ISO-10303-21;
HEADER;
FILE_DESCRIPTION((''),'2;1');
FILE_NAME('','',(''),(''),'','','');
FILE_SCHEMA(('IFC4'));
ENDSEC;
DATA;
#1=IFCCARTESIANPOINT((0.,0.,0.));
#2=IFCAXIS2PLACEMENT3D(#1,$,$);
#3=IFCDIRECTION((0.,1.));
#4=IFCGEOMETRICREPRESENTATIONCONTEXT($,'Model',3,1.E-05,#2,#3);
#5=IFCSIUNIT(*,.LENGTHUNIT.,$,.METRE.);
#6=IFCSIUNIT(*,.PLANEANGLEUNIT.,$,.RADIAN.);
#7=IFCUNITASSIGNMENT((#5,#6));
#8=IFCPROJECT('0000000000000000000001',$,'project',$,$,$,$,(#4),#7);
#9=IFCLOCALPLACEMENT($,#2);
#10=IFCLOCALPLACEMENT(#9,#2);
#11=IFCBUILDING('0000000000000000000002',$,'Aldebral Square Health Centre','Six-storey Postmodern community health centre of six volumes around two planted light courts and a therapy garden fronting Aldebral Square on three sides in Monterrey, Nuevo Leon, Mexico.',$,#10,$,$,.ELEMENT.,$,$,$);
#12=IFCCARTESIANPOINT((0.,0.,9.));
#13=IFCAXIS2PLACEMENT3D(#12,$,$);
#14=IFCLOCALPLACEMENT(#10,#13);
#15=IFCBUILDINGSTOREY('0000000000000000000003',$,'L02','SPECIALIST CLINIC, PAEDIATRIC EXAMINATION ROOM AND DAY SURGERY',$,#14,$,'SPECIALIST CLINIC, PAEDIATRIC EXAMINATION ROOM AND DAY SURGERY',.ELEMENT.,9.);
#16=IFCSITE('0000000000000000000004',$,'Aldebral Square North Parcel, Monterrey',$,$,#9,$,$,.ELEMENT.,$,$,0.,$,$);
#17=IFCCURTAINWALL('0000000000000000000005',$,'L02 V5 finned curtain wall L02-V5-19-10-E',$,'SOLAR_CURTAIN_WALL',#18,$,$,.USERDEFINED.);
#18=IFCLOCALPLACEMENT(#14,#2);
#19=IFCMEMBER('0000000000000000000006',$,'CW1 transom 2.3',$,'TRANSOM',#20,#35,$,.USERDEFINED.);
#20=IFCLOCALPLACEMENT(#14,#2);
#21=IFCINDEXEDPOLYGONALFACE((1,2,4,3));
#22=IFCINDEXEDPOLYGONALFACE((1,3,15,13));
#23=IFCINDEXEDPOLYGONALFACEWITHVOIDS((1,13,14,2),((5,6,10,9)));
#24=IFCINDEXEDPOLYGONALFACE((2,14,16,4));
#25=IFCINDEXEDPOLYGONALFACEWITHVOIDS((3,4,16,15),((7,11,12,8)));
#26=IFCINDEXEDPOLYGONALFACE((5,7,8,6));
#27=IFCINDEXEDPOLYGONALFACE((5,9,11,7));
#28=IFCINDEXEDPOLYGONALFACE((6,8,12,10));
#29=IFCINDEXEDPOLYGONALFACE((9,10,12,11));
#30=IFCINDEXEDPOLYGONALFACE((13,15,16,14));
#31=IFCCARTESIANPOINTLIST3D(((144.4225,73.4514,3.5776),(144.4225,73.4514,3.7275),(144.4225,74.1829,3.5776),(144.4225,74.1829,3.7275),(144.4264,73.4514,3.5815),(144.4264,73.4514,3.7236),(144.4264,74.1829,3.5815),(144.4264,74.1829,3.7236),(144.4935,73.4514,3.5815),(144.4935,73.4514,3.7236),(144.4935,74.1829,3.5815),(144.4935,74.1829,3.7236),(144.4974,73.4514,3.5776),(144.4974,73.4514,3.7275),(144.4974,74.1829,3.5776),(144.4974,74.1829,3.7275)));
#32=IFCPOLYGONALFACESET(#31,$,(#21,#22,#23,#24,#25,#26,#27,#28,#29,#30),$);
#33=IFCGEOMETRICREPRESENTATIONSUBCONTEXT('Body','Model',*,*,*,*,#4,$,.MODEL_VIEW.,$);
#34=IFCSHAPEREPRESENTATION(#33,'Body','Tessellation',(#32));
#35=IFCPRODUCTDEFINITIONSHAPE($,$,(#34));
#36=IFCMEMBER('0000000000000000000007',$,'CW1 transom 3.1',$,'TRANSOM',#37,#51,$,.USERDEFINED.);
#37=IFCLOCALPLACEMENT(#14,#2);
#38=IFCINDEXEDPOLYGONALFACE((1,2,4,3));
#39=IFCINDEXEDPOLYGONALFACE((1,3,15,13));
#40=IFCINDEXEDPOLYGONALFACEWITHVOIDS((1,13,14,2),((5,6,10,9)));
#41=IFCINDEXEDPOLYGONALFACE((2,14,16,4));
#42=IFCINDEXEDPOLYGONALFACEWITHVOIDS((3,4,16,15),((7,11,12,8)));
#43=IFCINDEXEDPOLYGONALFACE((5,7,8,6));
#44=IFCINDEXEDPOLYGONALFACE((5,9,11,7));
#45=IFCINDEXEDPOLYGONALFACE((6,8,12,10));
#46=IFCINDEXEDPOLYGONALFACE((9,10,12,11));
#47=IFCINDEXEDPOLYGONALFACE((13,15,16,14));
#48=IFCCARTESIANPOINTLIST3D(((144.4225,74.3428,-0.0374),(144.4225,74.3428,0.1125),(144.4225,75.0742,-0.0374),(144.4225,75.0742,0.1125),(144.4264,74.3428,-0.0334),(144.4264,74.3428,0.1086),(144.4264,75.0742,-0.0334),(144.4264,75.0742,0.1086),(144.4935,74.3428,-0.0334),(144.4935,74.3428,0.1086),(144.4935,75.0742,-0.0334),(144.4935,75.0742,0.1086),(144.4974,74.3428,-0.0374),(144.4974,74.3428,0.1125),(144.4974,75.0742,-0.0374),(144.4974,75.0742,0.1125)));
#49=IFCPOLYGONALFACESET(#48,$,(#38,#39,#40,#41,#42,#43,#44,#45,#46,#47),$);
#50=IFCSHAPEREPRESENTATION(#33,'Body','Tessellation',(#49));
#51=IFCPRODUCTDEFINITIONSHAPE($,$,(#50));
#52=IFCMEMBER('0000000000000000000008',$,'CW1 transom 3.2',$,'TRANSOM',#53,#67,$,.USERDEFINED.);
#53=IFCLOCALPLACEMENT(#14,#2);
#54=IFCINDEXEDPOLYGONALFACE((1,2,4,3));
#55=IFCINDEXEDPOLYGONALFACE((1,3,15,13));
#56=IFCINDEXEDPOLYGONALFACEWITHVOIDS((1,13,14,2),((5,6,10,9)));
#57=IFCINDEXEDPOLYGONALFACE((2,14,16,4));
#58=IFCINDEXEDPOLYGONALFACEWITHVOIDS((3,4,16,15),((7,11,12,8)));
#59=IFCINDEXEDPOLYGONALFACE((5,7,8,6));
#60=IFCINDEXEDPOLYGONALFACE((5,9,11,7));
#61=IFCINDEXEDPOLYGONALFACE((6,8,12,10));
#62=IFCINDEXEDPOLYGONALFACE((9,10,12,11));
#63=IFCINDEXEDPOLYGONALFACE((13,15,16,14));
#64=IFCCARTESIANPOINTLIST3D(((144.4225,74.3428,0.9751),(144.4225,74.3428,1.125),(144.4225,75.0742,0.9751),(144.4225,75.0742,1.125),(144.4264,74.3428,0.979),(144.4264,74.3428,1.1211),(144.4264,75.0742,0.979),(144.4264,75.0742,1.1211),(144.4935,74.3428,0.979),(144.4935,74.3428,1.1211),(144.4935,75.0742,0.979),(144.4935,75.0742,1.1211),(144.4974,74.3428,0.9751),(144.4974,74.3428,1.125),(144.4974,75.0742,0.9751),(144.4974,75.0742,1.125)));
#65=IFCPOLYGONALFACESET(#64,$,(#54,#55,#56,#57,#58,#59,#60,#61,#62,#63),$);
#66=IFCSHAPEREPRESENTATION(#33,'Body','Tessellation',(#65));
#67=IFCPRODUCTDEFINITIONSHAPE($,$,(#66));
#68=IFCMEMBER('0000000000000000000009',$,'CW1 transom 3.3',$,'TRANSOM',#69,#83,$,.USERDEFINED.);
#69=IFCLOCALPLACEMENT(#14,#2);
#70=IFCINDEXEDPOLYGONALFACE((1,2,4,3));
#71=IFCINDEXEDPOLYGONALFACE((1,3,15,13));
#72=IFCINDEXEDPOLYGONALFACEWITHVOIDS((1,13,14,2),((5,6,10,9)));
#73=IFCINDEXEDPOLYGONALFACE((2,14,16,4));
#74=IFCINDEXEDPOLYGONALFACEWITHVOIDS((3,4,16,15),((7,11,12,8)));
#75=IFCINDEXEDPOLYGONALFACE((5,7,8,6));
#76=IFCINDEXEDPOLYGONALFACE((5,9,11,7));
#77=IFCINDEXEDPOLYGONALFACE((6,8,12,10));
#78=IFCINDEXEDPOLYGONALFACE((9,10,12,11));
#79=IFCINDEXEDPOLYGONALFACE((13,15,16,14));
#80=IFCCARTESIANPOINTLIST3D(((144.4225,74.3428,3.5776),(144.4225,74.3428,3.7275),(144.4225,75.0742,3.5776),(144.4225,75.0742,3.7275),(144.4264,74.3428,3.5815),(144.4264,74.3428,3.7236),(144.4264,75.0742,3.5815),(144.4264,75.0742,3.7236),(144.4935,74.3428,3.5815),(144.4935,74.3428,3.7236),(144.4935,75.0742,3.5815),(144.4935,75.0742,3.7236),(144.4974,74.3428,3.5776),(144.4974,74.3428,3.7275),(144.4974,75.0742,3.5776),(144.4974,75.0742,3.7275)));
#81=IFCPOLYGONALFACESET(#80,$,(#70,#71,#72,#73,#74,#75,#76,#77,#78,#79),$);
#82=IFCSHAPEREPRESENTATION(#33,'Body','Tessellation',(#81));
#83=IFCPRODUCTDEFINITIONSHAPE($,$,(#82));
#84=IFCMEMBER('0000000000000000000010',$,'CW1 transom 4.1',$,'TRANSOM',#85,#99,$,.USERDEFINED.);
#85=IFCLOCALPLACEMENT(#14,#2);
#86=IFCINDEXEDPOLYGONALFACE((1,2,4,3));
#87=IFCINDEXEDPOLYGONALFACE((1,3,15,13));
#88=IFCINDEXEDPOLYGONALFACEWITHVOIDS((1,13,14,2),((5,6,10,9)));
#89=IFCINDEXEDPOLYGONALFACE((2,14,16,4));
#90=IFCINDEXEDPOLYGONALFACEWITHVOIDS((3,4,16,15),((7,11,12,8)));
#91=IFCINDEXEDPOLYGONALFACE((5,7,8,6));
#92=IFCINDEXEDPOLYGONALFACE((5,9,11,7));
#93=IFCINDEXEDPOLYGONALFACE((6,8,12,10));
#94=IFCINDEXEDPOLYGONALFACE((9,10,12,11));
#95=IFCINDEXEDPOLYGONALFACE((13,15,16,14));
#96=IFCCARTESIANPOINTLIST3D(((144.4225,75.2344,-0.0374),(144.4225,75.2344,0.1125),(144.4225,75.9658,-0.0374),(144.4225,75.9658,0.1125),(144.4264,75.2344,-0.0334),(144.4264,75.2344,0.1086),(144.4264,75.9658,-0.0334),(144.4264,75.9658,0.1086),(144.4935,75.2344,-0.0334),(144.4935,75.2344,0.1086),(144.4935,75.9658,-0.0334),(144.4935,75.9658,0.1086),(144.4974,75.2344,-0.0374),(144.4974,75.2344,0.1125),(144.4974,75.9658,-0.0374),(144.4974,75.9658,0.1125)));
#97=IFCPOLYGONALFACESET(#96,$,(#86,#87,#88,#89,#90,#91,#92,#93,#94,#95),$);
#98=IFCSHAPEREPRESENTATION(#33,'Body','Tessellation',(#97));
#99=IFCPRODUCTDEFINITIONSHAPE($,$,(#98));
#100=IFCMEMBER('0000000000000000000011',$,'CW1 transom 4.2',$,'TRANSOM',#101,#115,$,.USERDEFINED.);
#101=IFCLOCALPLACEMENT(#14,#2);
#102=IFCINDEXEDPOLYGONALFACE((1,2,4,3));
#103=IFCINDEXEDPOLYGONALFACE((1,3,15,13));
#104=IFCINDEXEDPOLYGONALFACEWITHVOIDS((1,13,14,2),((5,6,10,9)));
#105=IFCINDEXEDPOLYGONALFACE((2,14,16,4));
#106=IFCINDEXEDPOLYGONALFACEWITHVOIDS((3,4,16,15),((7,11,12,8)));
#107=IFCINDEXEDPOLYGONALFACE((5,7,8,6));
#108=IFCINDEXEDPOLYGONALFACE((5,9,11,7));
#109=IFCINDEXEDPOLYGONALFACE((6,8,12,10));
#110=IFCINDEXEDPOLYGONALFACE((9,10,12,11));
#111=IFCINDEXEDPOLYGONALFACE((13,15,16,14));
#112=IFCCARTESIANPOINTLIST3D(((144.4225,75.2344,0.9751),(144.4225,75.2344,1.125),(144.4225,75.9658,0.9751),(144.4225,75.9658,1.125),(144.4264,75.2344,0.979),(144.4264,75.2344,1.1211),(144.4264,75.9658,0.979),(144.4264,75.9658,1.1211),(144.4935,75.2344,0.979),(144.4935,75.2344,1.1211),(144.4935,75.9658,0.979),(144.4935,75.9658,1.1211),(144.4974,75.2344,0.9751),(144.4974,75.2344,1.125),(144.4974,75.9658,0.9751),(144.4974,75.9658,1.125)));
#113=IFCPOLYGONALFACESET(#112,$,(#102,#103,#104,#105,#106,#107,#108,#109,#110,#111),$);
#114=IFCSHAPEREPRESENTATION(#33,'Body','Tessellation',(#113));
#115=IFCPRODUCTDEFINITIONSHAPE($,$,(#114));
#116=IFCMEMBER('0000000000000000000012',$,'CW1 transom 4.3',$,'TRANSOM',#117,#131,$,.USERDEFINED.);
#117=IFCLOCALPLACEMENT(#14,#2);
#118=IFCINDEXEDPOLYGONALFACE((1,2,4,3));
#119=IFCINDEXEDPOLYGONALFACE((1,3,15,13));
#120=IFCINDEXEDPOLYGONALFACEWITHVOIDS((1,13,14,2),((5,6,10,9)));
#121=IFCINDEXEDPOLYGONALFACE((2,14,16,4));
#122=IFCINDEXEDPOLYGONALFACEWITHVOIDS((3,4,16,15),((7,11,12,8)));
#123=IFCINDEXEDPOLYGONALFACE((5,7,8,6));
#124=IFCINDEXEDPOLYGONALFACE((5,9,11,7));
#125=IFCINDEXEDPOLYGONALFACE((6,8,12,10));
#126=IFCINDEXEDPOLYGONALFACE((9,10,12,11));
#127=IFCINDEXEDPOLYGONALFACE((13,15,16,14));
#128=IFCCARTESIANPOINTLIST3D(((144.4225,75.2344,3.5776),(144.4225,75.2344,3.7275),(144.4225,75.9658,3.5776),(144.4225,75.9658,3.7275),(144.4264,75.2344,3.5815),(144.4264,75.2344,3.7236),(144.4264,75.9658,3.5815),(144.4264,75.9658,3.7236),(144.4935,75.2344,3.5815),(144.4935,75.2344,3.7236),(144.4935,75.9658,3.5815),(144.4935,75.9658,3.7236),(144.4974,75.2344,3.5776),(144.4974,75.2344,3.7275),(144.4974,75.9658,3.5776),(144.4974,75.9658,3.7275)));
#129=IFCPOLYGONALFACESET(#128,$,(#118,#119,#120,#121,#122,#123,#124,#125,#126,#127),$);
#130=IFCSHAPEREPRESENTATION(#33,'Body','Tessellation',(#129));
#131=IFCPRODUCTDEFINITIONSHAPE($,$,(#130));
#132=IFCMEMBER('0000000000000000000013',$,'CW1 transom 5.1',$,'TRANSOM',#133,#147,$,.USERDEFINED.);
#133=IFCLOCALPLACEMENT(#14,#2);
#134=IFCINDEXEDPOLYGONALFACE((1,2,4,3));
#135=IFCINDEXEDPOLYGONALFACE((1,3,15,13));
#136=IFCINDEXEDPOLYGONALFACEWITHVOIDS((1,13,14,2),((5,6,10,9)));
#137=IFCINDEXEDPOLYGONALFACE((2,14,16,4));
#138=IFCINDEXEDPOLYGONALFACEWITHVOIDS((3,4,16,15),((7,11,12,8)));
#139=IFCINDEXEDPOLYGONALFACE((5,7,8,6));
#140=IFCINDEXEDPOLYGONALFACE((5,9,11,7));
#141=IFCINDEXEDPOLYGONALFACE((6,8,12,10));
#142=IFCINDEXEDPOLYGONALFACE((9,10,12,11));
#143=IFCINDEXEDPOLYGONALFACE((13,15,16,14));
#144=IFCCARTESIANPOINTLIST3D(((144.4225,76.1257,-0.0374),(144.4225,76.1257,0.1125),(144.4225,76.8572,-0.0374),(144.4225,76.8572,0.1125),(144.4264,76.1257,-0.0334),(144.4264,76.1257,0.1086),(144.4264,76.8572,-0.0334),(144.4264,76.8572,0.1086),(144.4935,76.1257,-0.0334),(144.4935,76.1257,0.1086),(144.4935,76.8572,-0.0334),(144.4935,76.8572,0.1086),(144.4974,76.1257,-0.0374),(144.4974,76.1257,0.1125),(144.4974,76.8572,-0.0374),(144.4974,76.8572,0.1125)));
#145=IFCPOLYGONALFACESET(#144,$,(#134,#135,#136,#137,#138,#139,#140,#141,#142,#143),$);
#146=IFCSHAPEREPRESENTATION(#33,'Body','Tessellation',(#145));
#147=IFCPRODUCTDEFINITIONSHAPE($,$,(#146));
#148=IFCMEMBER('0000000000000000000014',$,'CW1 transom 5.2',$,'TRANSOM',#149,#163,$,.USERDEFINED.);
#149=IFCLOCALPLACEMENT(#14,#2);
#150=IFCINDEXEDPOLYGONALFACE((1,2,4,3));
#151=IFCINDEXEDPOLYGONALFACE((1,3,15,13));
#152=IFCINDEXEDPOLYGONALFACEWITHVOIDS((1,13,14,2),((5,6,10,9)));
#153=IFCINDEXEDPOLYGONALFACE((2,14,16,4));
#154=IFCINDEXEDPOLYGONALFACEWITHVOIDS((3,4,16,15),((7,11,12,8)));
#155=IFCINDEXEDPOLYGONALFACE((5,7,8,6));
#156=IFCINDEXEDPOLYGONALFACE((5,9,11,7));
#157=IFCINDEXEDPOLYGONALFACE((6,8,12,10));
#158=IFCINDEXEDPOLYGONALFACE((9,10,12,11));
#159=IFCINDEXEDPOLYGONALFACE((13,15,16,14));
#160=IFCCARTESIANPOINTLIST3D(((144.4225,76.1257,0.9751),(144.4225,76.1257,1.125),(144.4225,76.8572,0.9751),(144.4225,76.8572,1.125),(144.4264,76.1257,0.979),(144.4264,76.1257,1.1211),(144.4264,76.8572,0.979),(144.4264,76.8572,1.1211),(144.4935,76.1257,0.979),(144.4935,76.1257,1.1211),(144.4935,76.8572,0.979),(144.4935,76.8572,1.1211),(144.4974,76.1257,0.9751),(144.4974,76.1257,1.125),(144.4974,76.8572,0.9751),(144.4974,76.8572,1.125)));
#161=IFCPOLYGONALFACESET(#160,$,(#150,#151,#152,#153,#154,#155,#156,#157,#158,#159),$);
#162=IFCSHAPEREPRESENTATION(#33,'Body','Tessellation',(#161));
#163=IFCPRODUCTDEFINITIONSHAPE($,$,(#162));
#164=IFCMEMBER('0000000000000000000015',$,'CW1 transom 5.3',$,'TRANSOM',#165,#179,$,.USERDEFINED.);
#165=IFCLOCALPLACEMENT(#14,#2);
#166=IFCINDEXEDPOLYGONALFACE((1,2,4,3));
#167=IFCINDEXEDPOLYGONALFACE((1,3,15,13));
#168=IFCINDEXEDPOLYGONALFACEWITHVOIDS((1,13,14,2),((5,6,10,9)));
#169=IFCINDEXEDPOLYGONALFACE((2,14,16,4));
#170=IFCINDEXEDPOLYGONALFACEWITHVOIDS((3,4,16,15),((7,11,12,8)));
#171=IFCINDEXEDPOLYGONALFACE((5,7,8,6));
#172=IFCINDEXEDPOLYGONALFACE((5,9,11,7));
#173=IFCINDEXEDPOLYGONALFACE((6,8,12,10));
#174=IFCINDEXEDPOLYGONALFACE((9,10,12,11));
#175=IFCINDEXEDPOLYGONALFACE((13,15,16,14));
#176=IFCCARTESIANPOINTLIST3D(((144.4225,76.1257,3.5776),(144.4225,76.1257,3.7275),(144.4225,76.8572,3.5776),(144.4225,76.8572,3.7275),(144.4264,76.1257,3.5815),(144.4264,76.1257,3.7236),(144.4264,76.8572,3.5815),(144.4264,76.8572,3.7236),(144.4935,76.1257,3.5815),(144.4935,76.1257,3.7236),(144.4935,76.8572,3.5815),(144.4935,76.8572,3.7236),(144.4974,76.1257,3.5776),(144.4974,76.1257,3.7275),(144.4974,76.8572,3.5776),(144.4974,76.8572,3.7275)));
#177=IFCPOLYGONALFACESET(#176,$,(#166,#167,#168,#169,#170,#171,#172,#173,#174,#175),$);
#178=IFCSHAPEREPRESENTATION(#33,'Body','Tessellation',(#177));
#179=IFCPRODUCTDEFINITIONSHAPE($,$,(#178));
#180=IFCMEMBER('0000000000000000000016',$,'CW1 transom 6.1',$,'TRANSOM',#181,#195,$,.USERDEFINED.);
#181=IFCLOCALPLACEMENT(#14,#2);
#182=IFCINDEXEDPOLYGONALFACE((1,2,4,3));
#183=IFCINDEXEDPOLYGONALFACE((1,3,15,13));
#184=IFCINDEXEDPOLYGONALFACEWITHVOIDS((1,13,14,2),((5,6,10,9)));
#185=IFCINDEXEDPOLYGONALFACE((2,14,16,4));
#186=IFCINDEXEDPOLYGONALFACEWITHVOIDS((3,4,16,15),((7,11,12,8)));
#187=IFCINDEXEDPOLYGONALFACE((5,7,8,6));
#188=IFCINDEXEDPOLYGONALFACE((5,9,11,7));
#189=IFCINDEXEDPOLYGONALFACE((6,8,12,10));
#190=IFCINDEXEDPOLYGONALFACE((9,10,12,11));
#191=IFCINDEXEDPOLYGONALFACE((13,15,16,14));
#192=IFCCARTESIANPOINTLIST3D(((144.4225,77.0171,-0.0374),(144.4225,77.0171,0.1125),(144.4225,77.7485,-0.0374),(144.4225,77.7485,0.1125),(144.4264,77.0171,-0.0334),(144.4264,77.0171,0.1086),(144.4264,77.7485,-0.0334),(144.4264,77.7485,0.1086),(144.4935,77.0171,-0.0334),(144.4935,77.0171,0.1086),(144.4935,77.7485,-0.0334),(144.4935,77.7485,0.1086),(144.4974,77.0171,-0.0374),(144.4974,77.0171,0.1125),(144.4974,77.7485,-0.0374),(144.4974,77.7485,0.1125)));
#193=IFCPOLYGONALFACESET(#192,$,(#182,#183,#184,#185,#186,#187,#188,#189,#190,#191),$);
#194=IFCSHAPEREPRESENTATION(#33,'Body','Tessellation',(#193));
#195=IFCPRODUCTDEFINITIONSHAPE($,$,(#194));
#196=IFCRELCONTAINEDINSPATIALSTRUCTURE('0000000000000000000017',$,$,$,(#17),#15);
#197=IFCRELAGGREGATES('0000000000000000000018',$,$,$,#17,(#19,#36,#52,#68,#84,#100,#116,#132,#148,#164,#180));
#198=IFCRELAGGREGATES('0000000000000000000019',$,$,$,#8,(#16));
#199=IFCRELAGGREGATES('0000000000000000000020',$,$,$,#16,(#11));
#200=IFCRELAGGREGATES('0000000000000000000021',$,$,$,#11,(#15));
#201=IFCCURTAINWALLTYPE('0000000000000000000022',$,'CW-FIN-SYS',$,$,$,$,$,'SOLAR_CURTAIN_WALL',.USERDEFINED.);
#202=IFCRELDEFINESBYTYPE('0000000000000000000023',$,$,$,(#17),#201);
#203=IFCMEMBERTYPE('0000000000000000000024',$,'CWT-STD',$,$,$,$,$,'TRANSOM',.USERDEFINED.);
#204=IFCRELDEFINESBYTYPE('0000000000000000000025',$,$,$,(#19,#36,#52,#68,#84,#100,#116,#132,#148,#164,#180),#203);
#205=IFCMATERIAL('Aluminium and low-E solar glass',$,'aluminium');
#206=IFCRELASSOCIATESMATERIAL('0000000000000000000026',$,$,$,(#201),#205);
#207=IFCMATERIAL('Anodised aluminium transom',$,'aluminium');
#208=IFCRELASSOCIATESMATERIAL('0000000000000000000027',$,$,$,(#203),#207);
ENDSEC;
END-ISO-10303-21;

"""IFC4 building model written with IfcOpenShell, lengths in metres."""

from ifc_helpers import new_model, si_unit, direction, frame, origin, origin_2d, place, context, subcontext, project, spatial, hollow_rectangle, extrude, material, material_profile, profile_set, type_object, element, aggregate, save


model = new_model("IFC4")

# Units and contexts
model_context = context("Model", 3, precision=1e-05, world=origin(), true_north=direction((0.0, 1.0)))
body_context = subcontext(model_context, "Body", "Model", "MODEL_VIEW")
ifc_project = project(units=[si_unit("LENGTHUNIT", "METRE"), si_unit("PLANEANGLEUNIT", "RADIAN")], contexts=[model_context])

# Site, building, storey
site_placement = place(None, origin())
site = spatial("IfcSite", under=ifc_project, at=site_placement, Name="Aldebral Square North Parcel, Monterrey", CompositionType="ELEMENT", RefElevation=0.0)
building_placement = place(site_placement, origin())
building = spatial("IfcBuilding", under=site, at=building_placement, Name="Aldebral Square Health Centre", Description="Six-storey Postmodern community health centre of six volumes around two planted light courts and a therapy garden fronting Aldebral Square on three sides in Monterrey, Nuevo Leon, Mexico.", CompositionType="ELEMENT")
storey_placement = place(building_placement, frame((0.0, 0.0, 9.0)))
storey = spatial("IfcBuildingStorey", under=building, at=storey_placement, Name="L02", Description="SPECIALIST CLINIC, PAEDIATRIC EXAMINATION ROOM AND DAY SURGERY", LongName="SPECIALIST CLINIC, PAEDIATRIC EXAMINATION ROOM AND DAY SURGERY", CompositionType="ELEMENT", Elevation=9.0)

# Curtain wall, members
ifc_material_1 = material(Name="Aluminium and low-E solar glass", Category="aluminium")
curtain_wall_type = type_object("IfcCurtainWallType", Name="CW-FIN-SYS", ElementType="SOLAR_CURTAIN_WALL", PredefinedType="USERDEFINED", material=ifc_material_1)
curtain_wall_placement = place(storey_placement, origin())
curtain_wall = element("IfcCurtainWall", 1, at=curtain_wall_placement, inside=storey, type_object=curtain_wall_type, Name="L02 V5 finned curtain wall L02-V5-19-10-E", ObjectType="SOLAR_CURTAIN_WALL", PredefinedType="USERDEFINED")
ifc_material_2 = material(Name="Anodised aluminium transom", Category="aluminium")
ifc_material_profile_1 = material_profile(ifc_material_2, hollow_rectangle(XDim=0.075, YDim=0.1499, WallThickness=0.0039, at=origin_2d()), Name="CWT 75x150x4")
ifc_profile_set_1 = profile_set([ifc_material_profile_1], Name="Anodised aluminium transom")
member_type_1 = type_object("IfcMemberType", Name="CWT-STD", ElementType="TRANSOM", PredefinedType="USERDEFINED", material=ifc_profile_set_1)
member_1_placement = place(storey_placement, frame((144.46, 73.4514, 3.6526), z_axis=(0.0, 1.0, 0.0), x_axis=(-1.0, 0.0, 0.0)))
member_1 = element("IfcMember", 2, at=member_1_placement, type_object=member_type_1, Name="CW1 transom 2.3", ObjectType="TRANSOM", PredefinedType="USERDEFINED", context=body_context, shape_type="SweptSolid", body=[
    extrude(hollow_rectangle(XDim=0.075, YDim=0.1499, WallThickness=0.0039, at=origin_2d()), origin(), (0.0, 0.0, 1.0), 0.7314),
])
member_2_placement = place(storey_placement, frame((144.46, 74.3428, 0.0376), z_axis=(0.0, 1.0, 0.0), x_axis=(-1.0, 0.0, 0.0)))
member_2 = element("IfcMember", 3, at=member_2_placement, type_object=member_type_1, Name="CW1 transom 3.1", ObjectType="TRANSOM", PredefinedType="USERDEFINED", context=body_context, shape_type="SweptSolid", body=[
    extrude(hollow_rectangle(XDim=0.075, YDim=0.1499, WallThickness=0.0039, at=origin_2d()), origin(), (0.0, 0.0, 1.0), 0.7314),
])
member_3_placement = place(storey_placement, frame((144.46, 74.3428, 1.05), z_axis=(0.0, 1.0, 0.0), x_axis=(-1.0, 0.0, 0.0)))
member_3 = element("IfcMember", 4, at=member_3_placement, type_object=member_type_1, Name="CW1 transom 3.2", ObjectType="TRANSOM", PredefinedType="USERDEFINED", context=body_context, shape_type="SweptSolid", body=[
    extrude(hollow_rectangle(XDim=0.075, YDim=0.1499, WallThickness=0.0039, at=origin_2d()), origin(), (0.0, 0.0, 1.0), 0.7314),
])
member_4_placement = place(storey_placement, frame((144.46, 74.3428, 3.6526), z_axis=(0.0, 1.0, 0.0), x_axis=(-1.0, 0.0, 0.0)))
member_4 = element("IfcMember", 5, at=member_4_placement, type_object=member_type_1, Name="CW1 transom 3.3", ObjectType="TRANSOM", PredefinedType="USERDEFINED", context=body_context, shape_type="SweptSolid", body=[
    extrude(hollow_rectangle(XDim=0.075, YDim=0.1499, WallThickness=0.0039, at=origin_2d()), origin(), (0.0, 0.0, 1.0), 0.7314),
])
member_5_placement = place(storey_placement, frame((144.46, 75.2344, 0.0376), z_axis=(0.0, 1.0, 0.0), x_axis=(-1.0, 0.0, 0.0)))
member_5 = element("IfcMember", 6, at=member_5_placement, type_object=member_type_1, Name="CW1 transom 4.1", ObjectType="TRANSOM", PredefinedType="USERDEFINED", context=body_context, shape_type="SweptSolid", body=[
    extrude(hollow_rectangle(XDim=0.075, YDim=0.1499, WallThickness=0.0039, at=origin_2d()), origin(), (0.0, 0.0, 1.0), 0.7314),
])
member_6_placement = place(storey_placement, frame((144.46, 75.2344, 1.05), z_axis=(0.0, 1.0, 0.0), x_axis=(-1.0, 0.0, 0.0)))
member_6 = element("IfcMember", 7, at=member_6_placement, type_object=member_type_1, Name="CW1 transom 4.2", ObjectType="TRANSOM", PredefinedType="USERDEFINED", context=body_context, shape_type="SweptSolid", body=[
    extrude(hollow_rectangle(XDim=0.075, YDim=0.1499, WallThickness=0.0039, at=origin_2d()), origin(), (0.0, 0.0, 1.0), 0.7314),
])
member_7_placement = place(storey_placement, frame((144.46, 75.2344, 3.6526), z_axis=(0.0, 1.0, 0.0), x_axis=(-1.0, 0.0, 0.0)))
member_7 = element("IfcMember", 8, at=member_7_placement, type_object=member_type_1, Name="CW1 transom 4.3", ObjectType="TRANSOM", PredefinedType="USERDEFINED", context=body_context, shape_type="SweptSolid", body=[
    extrude(hollow_rectangle(XDim=0.075, YDim=0.1499, WallThickness=0.0039, at=origin_2d()), origin(), (0.0, 0.0, 1.0), 0.7314),
])
member_8_placement = place(storey_placement, frame((144.46, 76.1257, 0.0376), z_axis=(0.0, 1.0, 0.0), x_axis=(-1.0, 0.0, 0.0)))
member_8 = element("IfcMember", 9, at=member_8_placement, type_object=member_type_1, Name="CW1 transom 5.1", ObjectType="TRANSOM", PredefinedType="USERDEFINED", context=body_context, shape_type="SweptSolid", body=[
    extrude(hollow_rectangle(XDim=0.075, YDim=0.1499, WallThickness=0.0039, at=origin_2d()), origin(), (0.0, 0.0, 1.0), 0.7314),
])
member_9_placement = place(storey_placement, frame((144.46, 76.1257, 1.05), z_axis=(0.0, 1.0, 0.0), x_axis=(-1.0, 0.0, 0.0)))
member_9 = element("IfcMember", 10, at=member_9_placement, type_object=member_type_1, Name="CW1 transom 5.2", ObjectType="TRANSOM", PredefinedType="USERDEFINED", context=body_context, shape_type="SweptSolid", body=[
    extrude(hollow_rectangle(XDim=0.075, YDim=0.1499, WallThickness=0.0039, at=origin_2d()), origin(), (0.0, 0.0, 1.0), 0.7314),
])
member_10_placement = place(storey_placement, frame((144.46, 76.1257, 3.6526), z_axis=(0.0, 1.0, 0.0), x_axis=(-1.0, 0.0, 0.0)))
member_10 = element("IfcMember", 11, at=member_10_placement, type_object=member_type_1, Name="CW1 transom 5.3", ObjectType="TRANSOM", PredefinedType="USERDEFINED", context=body_context, shape_type="SweptSolid", body=[
    extrude(hollow_rectangle(XDim=0.075, YDim=0.1499, WallThickness=0.0039, at=origin_2d()), origin(), (0.0, 0.0, 1.0), 0.7314),
])
member_11_placement = place(storey_placement, frame((144.46, 77.0171, 0.0376), z_axis=(0.0, 1.0, 0.0), x_axis=(-1.0, 0.0, 0.0)))
member_11 = element("IfcMember", 12, at=member_11_placement, type_object=member_type_1, Name="CW1 transom 6.1", ObjectType="TRANSOM", PredefinedType="USERDEFINED", context=body_context, shape_type="SweptSolid", body=[
    extrude(hollow_rectangle(XDim=0.075, YDim=0.1499, WallThickness=0.0039, at=origin_2d()), origin(), (0.0, 0.0, 1.0), 0.7314),
])

aggregate(curtain_wall, [member_1, member_2, member_3, member_4, member_5, member_6, member_7, member_8, member_9, member_10, member_11])

save(model, "model.ifc")
